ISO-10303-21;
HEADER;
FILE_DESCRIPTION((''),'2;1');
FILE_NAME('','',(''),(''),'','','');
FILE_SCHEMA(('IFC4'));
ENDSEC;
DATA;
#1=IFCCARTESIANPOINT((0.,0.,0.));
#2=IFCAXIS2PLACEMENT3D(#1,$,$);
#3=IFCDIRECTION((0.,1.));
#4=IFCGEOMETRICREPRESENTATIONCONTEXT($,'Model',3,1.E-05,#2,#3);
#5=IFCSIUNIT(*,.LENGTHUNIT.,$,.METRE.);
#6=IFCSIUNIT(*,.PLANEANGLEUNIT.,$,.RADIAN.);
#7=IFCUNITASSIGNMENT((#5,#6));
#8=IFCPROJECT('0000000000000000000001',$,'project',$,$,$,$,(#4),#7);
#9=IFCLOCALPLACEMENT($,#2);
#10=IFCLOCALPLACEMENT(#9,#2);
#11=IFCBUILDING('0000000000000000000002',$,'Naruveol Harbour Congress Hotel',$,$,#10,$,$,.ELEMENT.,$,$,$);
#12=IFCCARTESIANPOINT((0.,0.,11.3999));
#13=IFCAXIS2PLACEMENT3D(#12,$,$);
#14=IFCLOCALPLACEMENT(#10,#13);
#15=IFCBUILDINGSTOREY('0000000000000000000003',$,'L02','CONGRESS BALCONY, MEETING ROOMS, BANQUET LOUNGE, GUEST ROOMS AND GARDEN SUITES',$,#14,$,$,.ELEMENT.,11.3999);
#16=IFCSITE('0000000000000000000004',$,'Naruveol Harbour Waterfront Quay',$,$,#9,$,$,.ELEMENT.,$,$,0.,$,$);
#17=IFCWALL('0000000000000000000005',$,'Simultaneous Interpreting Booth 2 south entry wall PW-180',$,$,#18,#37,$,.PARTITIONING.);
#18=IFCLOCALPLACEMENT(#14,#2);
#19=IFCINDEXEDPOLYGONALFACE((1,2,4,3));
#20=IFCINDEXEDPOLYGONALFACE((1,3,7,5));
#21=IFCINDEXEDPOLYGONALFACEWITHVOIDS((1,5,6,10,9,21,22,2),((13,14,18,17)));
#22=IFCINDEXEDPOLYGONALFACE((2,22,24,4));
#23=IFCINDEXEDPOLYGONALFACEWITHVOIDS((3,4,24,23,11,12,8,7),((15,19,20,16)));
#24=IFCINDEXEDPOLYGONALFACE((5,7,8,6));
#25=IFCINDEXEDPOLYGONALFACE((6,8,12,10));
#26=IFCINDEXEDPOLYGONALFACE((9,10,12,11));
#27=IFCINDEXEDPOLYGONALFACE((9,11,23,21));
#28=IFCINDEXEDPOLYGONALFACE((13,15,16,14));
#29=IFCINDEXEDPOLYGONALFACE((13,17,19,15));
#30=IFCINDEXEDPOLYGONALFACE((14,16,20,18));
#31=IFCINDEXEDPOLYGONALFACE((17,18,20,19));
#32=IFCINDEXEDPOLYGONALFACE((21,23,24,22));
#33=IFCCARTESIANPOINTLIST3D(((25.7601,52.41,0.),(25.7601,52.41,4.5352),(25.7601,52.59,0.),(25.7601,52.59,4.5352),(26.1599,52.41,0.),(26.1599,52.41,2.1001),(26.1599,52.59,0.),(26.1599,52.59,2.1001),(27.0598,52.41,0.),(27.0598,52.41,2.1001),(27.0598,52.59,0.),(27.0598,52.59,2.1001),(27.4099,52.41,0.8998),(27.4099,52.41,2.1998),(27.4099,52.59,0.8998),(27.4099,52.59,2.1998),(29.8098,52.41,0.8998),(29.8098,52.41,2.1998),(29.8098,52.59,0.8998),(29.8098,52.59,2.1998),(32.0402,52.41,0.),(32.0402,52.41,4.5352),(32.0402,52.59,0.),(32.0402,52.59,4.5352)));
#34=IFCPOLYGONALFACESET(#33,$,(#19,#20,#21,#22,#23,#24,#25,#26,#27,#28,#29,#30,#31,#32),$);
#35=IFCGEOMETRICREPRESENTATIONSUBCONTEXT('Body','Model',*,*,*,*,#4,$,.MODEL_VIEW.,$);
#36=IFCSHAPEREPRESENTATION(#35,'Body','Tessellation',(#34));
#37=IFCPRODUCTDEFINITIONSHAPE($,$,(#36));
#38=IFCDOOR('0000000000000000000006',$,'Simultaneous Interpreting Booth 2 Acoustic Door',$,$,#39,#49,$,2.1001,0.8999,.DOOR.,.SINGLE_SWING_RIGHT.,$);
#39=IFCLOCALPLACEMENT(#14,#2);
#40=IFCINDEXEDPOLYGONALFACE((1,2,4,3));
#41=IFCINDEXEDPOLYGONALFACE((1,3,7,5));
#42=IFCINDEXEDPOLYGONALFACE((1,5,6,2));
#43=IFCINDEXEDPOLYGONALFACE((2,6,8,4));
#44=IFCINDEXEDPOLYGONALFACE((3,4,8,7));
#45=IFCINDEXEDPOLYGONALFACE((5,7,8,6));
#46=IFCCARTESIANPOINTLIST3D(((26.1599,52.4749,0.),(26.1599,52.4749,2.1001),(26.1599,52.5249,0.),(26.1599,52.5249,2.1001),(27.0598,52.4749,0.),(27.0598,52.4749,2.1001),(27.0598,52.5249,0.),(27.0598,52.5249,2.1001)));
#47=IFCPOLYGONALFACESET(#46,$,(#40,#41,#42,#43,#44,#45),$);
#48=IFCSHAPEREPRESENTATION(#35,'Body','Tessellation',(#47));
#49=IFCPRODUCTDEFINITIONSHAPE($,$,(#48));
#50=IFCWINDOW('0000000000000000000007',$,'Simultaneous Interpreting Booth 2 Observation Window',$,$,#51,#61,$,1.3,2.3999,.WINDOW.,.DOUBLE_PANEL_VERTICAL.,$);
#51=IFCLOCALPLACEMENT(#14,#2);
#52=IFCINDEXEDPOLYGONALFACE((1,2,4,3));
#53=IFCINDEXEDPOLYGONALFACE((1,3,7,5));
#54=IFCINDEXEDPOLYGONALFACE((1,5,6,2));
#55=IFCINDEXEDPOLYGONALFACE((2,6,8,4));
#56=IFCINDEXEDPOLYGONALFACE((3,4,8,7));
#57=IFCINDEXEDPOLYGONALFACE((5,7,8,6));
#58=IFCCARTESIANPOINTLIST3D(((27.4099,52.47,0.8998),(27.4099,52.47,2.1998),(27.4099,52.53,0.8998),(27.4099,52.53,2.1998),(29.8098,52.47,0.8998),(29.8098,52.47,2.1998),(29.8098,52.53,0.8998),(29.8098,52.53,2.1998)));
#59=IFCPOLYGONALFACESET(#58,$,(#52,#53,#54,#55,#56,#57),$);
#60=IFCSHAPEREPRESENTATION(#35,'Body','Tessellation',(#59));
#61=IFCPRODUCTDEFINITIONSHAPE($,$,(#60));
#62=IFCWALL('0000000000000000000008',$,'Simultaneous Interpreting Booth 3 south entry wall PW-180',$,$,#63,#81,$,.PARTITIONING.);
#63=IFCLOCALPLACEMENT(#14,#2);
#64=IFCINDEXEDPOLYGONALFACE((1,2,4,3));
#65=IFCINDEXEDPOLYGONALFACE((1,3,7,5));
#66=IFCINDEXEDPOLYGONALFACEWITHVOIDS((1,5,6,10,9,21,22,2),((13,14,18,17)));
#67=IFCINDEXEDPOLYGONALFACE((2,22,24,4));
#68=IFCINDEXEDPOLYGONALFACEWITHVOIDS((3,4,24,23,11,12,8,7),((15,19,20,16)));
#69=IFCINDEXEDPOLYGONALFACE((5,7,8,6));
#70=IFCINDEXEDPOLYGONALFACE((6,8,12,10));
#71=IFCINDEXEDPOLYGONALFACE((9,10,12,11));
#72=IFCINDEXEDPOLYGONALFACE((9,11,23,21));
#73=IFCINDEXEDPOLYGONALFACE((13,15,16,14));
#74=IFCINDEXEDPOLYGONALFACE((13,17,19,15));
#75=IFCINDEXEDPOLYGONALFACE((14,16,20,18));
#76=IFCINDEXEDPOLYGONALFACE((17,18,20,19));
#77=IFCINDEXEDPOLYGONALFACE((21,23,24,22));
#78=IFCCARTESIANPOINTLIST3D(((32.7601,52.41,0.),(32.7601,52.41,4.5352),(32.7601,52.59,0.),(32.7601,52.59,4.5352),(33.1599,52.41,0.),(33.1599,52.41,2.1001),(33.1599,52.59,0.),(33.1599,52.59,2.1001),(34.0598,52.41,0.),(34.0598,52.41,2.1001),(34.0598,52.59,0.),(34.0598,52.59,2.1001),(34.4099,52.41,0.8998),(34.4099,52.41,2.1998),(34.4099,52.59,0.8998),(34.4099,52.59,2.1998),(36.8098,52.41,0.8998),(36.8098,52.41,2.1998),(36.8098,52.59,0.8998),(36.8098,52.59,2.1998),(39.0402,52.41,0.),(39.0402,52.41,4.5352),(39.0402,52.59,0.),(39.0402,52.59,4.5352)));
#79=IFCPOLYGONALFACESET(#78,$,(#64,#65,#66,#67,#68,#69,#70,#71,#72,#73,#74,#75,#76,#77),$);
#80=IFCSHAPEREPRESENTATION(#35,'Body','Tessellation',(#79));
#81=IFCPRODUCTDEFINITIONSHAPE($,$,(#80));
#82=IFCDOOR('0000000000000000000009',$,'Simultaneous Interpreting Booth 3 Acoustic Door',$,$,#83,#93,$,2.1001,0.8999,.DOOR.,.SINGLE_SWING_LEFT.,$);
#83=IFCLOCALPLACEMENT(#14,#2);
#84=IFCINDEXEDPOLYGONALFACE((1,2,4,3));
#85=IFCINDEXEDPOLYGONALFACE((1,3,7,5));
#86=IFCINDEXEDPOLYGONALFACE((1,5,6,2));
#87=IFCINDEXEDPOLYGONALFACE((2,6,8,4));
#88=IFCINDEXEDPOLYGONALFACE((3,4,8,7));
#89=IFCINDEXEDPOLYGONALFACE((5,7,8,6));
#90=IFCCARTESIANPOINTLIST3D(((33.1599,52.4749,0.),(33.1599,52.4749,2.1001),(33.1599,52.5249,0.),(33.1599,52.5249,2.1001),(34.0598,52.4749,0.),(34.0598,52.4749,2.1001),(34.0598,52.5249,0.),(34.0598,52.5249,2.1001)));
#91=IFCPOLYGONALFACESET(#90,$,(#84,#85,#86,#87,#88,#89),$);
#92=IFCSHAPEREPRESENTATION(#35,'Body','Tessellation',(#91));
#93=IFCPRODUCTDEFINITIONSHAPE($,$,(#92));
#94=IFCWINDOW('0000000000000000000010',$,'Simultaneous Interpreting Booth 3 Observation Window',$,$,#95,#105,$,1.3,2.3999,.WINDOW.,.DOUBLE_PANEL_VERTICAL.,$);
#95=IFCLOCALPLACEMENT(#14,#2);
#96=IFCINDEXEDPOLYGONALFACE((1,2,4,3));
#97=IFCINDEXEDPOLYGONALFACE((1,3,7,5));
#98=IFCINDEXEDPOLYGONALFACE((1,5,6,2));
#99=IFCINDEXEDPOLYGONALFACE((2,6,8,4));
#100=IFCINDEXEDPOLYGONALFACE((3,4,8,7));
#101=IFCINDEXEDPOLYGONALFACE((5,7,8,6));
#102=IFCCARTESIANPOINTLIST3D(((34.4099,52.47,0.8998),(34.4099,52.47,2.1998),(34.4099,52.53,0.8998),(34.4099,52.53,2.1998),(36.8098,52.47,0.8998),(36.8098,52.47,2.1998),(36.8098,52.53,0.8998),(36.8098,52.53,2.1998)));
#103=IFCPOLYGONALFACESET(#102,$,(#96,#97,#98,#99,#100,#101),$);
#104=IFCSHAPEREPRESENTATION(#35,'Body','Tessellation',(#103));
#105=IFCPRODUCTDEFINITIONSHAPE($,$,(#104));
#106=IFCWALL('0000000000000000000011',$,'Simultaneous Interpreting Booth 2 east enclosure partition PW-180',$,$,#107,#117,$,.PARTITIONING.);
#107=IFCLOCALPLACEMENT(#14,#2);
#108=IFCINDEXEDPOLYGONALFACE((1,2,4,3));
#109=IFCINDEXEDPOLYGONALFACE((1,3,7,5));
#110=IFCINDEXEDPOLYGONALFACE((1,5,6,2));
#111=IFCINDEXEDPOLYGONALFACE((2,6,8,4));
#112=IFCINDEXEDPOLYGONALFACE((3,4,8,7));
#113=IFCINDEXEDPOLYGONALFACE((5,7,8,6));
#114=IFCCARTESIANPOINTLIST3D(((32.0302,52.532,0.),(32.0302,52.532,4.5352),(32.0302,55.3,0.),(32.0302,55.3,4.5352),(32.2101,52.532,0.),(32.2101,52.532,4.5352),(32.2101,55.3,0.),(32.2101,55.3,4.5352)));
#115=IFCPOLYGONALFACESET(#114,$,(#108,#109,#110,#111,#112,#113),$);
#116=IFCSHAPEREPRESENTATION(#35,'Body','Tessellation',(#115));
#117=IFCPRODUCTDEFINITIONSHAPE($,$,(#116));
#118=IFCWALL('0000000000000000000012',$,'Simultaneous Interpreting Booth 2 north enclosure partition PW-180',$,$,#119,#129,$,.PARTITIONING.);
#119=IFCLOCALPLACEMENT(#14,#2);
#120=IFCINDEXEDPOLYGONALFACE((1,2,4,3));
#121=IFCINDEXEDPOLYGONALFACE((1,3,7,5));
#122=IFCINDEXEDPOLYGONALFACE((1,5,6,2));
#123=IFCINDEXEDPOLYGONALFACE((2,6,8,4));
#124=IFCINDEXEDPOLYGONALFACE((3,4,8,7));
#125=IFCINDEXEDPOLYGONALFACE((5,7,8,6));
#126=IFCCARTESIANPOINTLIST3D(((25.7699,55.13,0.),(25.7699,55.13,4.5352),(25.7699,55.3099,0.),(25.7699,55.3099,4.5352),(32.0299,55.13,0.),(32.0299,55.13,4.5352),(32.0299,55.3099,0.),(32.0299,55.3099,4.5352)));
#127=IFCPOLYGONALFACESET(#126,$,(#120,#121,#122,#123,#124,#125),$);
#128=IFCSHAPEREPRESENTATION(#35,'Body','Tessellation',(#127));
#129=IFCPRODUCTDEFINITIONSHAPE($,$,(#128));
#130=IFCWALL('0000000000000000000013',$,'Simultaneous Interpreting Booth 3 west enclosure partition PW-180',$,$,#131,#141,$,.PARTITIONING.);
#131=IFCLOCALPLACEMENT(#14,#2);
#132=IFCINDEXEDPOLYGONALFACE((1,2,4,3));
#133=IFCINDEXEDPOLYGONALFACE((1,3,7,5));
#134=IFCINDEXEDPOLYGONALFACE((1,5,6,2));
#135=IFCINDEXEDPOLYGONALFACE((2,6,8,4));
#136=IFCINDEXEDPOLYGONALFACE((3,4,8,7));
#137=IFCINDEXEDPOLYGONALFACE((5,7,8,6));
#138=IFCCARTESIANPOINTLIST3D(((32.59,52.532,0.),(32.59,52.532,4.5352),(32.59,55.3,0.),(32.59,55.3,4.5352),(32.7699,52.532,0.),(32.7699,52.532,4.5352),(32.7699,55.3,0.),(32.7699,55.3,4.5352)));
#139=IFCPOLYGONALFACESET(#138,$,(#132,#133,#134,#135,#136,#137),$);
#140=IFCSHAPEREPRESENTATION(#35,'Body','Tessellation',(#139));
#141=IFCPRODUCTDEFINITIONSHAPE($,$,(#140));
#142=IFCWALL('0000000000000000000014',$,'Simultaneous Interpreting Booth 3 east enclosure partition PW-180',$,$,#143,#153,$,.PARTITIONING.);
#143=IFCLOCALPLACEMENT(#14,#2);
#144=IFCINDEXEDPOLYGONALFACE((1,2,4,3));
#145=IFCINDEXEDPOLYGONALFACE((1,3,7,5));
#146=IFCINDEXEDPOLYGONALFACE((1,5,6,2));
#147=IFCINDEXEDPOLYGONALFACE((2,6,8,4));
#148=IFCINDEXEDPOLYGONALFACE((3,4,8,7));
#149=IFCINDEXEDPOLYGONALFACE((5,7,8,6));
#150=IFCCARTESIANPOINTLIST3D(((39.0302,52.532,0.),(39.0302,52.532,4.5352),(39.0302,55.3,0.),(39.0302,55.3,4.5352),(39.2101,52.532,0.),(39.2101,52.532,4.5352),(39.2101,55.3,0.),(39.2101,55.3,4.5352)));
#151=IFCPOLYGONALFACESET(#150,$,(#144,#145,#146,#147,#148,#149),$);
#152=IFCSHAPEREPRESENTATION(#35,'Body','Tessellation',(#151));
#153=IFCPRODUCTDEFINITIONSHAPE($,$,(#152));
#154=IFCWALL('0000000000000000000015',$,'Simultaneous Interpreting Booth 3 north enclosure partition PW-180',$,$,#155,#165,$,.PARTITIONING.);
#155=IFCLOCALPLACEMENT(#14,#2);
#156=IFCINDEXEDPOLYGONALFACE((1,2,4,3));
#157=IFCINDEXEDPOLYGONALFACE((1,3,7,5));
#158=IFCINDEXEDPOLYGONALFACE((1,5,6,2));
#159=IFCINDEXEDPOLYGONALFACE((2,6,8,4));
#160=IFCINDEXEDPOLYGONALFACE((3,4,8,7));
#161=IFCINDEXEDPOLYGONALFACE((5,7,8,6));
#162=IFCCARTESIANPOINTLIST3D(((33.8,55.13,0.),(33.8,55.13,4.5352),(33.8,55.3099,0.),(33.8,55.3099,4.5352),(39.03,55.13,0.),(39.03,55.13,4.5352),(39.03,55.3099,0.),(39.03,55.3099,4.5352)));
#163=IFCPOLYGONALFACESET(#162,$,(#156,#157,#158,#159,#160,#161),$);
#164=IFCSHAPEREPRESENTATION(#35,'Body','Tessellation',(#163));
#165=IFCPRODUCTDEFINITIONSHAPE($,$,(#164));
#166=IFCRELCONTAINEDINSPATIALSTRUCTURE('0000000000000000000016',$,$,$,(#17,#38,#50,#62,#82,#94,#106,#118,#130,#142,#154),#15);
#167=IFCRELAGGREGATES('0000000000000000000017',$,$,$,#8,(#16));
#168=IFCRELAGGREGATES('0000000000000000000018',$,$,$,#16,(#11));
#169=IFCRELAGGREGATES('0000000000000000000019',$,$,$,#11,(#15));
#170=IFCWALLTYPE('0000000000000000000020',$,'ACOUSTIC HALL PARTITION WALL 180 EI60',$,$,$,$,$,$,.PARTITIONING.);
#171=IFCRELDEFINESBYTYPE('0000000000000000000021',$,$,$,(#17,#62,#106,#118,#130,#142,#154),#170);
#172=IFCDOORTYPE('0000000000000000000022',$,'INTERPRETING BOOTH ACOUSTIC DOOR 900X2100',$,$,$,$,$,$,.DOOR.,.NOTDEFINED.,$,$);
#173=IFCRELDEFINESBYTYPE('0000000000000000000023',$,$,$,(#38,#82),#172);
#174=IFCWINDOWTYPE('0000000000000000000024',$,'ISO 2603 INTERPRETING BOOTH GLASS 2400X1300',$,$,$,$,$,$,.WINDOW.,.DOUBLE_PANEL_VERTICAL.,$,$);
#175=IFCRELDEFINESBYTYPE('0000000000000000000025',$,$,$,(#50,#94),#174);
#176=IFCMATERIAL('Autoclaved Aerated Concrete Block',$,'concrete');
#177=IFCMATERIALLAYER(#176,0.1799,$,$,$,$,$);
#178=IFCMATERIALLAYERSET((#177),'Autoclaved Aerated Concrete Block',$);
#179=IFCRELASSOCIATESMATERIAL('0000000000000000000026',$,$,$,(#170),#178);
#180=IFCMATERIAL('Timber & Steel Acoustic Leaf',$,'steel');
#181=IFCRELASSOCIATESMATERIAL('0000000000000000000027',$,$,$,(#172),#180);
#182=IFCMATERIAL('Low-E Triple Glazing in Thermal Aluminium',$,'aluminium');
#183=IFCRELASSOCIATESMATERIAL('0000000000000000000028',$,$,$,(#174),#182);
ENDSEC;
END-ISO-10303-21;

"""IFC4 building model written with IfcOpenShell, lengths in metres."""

from ifc_helpers import new_model, si_unit, direction, frame, frame_2d, origin, place, context, subcontext, project, spatial, rectangle, extrude, material, layer, layer_set, type_object, element, fill, save


model = new_model("IFC4")

# Units and contexts
model_context = context("Model", 3, precision=1e-05, world=origin(), true_north=direction((0.0, 1.0)))
body_context = subcontext(model_context, "Body", "Model", "MODEL_VIEW")
ifc_project = project(units=[si_unit("LENGTHUNIT", "METRE"), si_unit("PLANEANGLEUNIT", "RADIAN")], contexts=[model_context])

# Site, building, storey
site_placement = place(None, origin())
site = spatial("IfcSite", under=ifc_project, at=site_placement, Name="Naruveol Harbour Waterfront Quay", CompositionType="ELEMENT", RefElevation=0.0)
building_placement = place(site_placement, origin())
building = spatial("IfcBuilding", under=site, at=building_placement, Name="Naruveol Harbour Congress Hotel", CompositionType="ELEMENT")
storey_placement = place(building_placement, frame((0.0, 0.0, 11.3999)))
storey = spatial("IfcBuildingStorey", under=building, at=storey_placement, Name="L02", Description="CONGRESS BALCONY, MEETING ROOMS, BANQUET LOUNGE, GUEST ROOMS AND GARDEN SUITES", CompositionType="ELEMENT", Elevation=11.3999)

# Walls, openings, doors, windows
ifc_material_1 = material(Name="Autoclaved Aerated Concrete Block", Category="concrete")
ifc_layer_1 = layer(ifc_material_1, 0.1799)
ifc_layer_set_1 = layer_set([ifc_layer_1], Name="Autoclaved Aerated Concrete Block")
wall_type_1 = type_object("IfcWallType", Name="ACOUSTIC HALL PARTITION WALL 180 EI60", PredefinedType="PARTITIONING", material=ifc_layer_set_1)
wall_1_placement = place(storey_placement, frame((25.76, 52.5, 0.0), z_axis=(0.0, 0.0, 1.0), x_axis=(1.0, 0.0, 0.0)))
wall_1 = element("IfcWall", 1, at=wall_1_placement, inside=storey, type_object=wall_type_1, Name="Simultaneous Interpreting Booth 2 south entry wall PW-180", PredefinedType="PARTITIONING", context=body_context, shape_type="SweptSolid", body=[
    extrude(rectangle(XDim=6.28, YDim=0.1799, at=frame_2d((3.1401, 0.0))), origin(), (0.0, 0.0, 1.0), 4.5352),
])
opening_1_placement = place(wall_1_placement, frame((0.3999, 0.0, 0.0)))
opening_1 = element("IfcOpeningElement", 2, at=opening_1_placement, cuts=wall_1, PredefinedType="OPENING", context=body_context, shape_type="SweptSolid", body=[
    extrude(rectangle(XDim=0.8999, YDim=2.1001, at=frame_2d((0.45, 1.05))), frame((0.0, 0.0999, 0.0), z_axis=(0.0, -1.0, 0.0), x_axis=(1.0, 0.0, 0.0)), (0.0, 0.0, 1.0), 0.2),
])
opening_2_placement = place(wall_1_placement, frame((1.6499, 0.0, 0.8999)))
opening_2 = element("IfcOpeningElement", 3, at=opening_2_placement, cuts=wall_1, PredefinedType="OPENING", context=body_context, shape_type="SweptSolid", body=[
    extrude(rectangle(XDim=2.3999, YDim=1.3, at=frame_2d((1.2, 0.6499))), frame((0.0, 0.0999, 0.0), z_axis=(0.0, -1.0, 0.0), x_axis=(1.0, 0.0, 0.0)), (0.0, 0.0, 1.0), 0.2),
])
ifc_material_2 = material(Name="Timber & Steel Acoustic Leaf", Category="steel")
door_type = type_object("IfcDoorType", Name="INTERPRETING BOOTH ACOUSTIC DOOR 900X2100", OperationType="NOTDEFINED", PredefinedType="DOOR", material=ifc_material_2)
door_1_placement = place(opening_1_placement, origin())
door_1 = element("IfcDoor", 4, at=door_1_placement, inside=storey, type_object=door_type, Name="Simultaneous Interpreting Booth 2 Acoustic Door", OperationType="SINGLE_SWING_RIGHT", OverallHeight=2.1001, OverallWidth=0.8999, PredefinedType="DOOR", context=body_context, shape_type="SweptSolid", body=[
    extrude(rectangle(XDim=0.8999, YDim=2.1001, at=frame_2d((0.45, 1.05))), frame((0.0, 0.0249, 0.0), z_axis=(0.0, -1.0, 0.0), x_axis=(1.0, 0.0, 0.0)), (0.0, 0.0, 1.0), 0.05),
])
fill(opening_1, door_1)
ifc_material_3 = material(Name="Low-E Triple Glazing in Thermal Aluminium", Category="aluminium")
window_type_1 = type_object("IfcWindowType", Name="ISO 2603 INTERPRETING BOOTH GLASS 2400X1300", PartitioningType="DOUBLE_PANEL_VERTICAL", PredefinedType="WINDOW", material=ifc_material_3)
window_1_placement = place(opening_2_placement, origin())
window_1 = element("IfcWindow", 5, at=window_1_placement, inside=storey, type_object=window_type_1, Name="Simultaneous Interpreting Booth 2 Observation Window", OverallHeight=1.3, OverallWidth=2.3999, PartitioningType="DOUBLE_PANEL_VERTICAL", PredefinedType="WINDOW", context=body_context, shape_type="SweptSolid", body=[
    extrude(rectangle(XDim=2.3999, YDim=1.3, at=frame_2d((1.2, 0.6499))), frame((0.0, 0.03, 0.0), z_axis=(0.0, -1.0, 0.0), x_axis=(1.0, 0.0, 0.0)), (0.0, 0.0, 1.0), 0.0601),
])
fill(opening_2, window_1)
wall_2_placement = place(storey_placement, frame((32.76, 52.5, 0.0), z_axis=(0.0, 0.0, 1.0), x_axis=(1.0, 0.0, 0.0)))
wall_2 = element("IfcWall", 6, at=wall_2_placement, inside=storey, type_object=wall_type_1, Name="Simultaneous Interpreting Booth 3 south entry wall PW-180", PredefinedType="PARTITIONING", context=body_context, shape_type="SweptSolid", body=[
    extrude(rectangle(XDim=6.28, YDim=0.1799, at=frame_2d((3.1401, 0.0))), origin(), (0.0, 0.0, 1.0), 4.5352),
])
opening_3_placement = place(wall_2_placement, frame((0.3999, 0.0, 0.0)))
opening_3 = element("IfcOpeningElement", 7, at=opening_3_placement, cuts=wall_2, PredefinedType="OPENING", context=body_context, shape_type="SweptSolid", body=[
    extrude(rectangle(XDim=0.8999, YDim=2.1001, at=frame_2d((0.45, 1.05))), frame((0.0, 0.0999, 0.0), z_axis=(0.0, -1.0, 0.0), x_axis=(1.0, 0.0, 0.0)), (0.0, 0.0, 1.0), 0.2),
])
opening_4_placement = place(wall_2_placement, frame((1.6499, 0.0, 0.8999)))
opening_4 = element("IfcOpeningElement", 8, at=opening_4_placement, cuts=wall_2, PredefinedType="OPENING", context=body_context, shape_type="SweptSolid", body=[
    extrude(rectangle(XDim=2.3999, YDim=1.3, at=frame_2d((1.2, 0.6499))), frame((0.0, 0.0999, 0.0), z_axis=(0.0, -1.0, 0.0), x_axis=(1.0, 0.0, 0.0)), (0.0, 0.0, 1.0), 0.2),
])
door_2_placement = place(opening_3_placement, origin())
door_2 = element("IfcDoor", 9, at=door_2_placement, inside=storey, type_object=door_type, Name="Simultaneous Interpreting Booth 3 Acoustic Door", OperationType="SINGLE_SWING_LEFT", OverallHeight=2.1001, OverallWidth=0.8999, PredefinedType="DOOR", context=body_context, shape_type="SweptSolid", body=[
    extrude(rectangle(XDim=0.8999, YDim=2.1001, at=frame_2d((0.45, 1.05))), frame((0.0, 0.0249, 0.0), z_axis=(0.0, -1.0, 0.0), x_axis=(1.0, 0.0, 0.0)), (0.0, 0.0, 1.0), 0.05),
])
fill(opening_3, door_2)
window_2_placement = place(opening_4_placement, origin())
window_2 = element("IfcWindow", 10, at=window_2_placement, inside=storey, type_object=window_type_1, Name="Simultaneous Interpreting Booth 3 Observation Window", OverallHeight=1.3, OverallWidth=2.3999, PartitioningType="DOUBLE_PANEL_VERTICAL", PredefinedType="WINDOW", context=body_context, shape_type="SweptSolid", body=[
    extrude(rectangle(XDim=2.3999, YDim=1.3, at=frame_2d((1.2, 0.6499))), frame((0.0, 0.03, 0.0), z_axis=(0.0, -1.0, 0.0), x_axis=(1.0, 0.0, 0.0)), (0.0, 0.0, 1.0), 0.0601),
])
fill(opening_4, window_2)

# Walls
wall_3_placement = place(storey_placement, frame((32.1201, 52.532, 0.0), z_axis=(0.0, 0.0, 1.0), x_axis=(0.0, 1.0, 0.0)))
element("IfcWall", 11, at=wall_3_placement, inside=storey, type_object=wall_type_1, Name="Simultaneous Interpreting Booth 2 east enclosure partition PW-180", PredefinedType="PARTITIONING", context=body_context, shape_type="SweptSolid", body=[
    extrude(rectangle(XDim=2.7681, YDim=0.1799, at=frame_2d((1.384, 0.0))), origin(), (0.0, 0.0, 1.0), 4.5352),
])
wall_4_placement = place(storey_placement, frame((25.77, 55.22, 0.0), z_axis=(0.0, 0.0, 1.0), x_axis=(1.0, 0.0, 0.0)))
element("IfcWall", 12, at=wall_4_placement, inside=storey, type_object=wall_type_1, Name="Simultaneous Interpreting Booth 2 north enclosure partition PW-180", PredefinedType="PARTITIONING", context=body_context, shape_type="SweptSolid", body=[
    extrude(rectangle(XDim=6.26, YDim=0.1799, at=frame_2d((3.1299, 0.0))), origin(), (0.0, 0.0, 1.0), 4.5352),
])
for number, where, z_axis, x_axis, name in (
    (13, (32.6799, 52.532, 0.0), (0.0, 0.0, 1.0), (0.0, 1.0, 0.0), "Simultaneous Interpreting Booth 3 west enclosure partition PW-180"),
    (14, (39.1201, 52.532, 0.0), (0.0, 0.0, 1.0), (0.0, 1.0, 0.0), "Simultaneous Interpreting Booth 3 east enclosure partition PW-180"),
):
    element("IfcWall", number, at=place(storey_placement, frame(where, z_axis=z_axis, x_axis=x_axis)), inside=storey, type_object=wall_type_1, Name=name, PredefinedType="PARTITIONING", context=body_context, shape_type="SweptSolid", body=[
        extrude(rectangle(XDim=2.7681, YDim=0.1799, at=frame_2d((1.384, 0.0))), origin(), (0.0, 0.0, 1.0), 4.5352),
    ])
wall_5_placement = place(storey_placement, frame((33.8, 55.22, 0.0), z_axis=(0.0, 0.0, 1.0), x_axis=(1.0, 0.0, 0.0)))
element("IfcWall", 15, at=wall_5_placement, inside=storey, type_object=wall_type_1, Name="Simultaneous Interpreting Booth 3 north enclosure partition PW-180", PredefinedType="PARTITIONING", context=body_context, shape_type="SweptSolid", body=[
    extrude(rectangle(XDim=5.23, YDim=0.1799, at=frame_2d((2.615, 0.0))), origin(), (0.0, 0.0, 1.0), 4.5352),
])

save(model, "model.ifc")
